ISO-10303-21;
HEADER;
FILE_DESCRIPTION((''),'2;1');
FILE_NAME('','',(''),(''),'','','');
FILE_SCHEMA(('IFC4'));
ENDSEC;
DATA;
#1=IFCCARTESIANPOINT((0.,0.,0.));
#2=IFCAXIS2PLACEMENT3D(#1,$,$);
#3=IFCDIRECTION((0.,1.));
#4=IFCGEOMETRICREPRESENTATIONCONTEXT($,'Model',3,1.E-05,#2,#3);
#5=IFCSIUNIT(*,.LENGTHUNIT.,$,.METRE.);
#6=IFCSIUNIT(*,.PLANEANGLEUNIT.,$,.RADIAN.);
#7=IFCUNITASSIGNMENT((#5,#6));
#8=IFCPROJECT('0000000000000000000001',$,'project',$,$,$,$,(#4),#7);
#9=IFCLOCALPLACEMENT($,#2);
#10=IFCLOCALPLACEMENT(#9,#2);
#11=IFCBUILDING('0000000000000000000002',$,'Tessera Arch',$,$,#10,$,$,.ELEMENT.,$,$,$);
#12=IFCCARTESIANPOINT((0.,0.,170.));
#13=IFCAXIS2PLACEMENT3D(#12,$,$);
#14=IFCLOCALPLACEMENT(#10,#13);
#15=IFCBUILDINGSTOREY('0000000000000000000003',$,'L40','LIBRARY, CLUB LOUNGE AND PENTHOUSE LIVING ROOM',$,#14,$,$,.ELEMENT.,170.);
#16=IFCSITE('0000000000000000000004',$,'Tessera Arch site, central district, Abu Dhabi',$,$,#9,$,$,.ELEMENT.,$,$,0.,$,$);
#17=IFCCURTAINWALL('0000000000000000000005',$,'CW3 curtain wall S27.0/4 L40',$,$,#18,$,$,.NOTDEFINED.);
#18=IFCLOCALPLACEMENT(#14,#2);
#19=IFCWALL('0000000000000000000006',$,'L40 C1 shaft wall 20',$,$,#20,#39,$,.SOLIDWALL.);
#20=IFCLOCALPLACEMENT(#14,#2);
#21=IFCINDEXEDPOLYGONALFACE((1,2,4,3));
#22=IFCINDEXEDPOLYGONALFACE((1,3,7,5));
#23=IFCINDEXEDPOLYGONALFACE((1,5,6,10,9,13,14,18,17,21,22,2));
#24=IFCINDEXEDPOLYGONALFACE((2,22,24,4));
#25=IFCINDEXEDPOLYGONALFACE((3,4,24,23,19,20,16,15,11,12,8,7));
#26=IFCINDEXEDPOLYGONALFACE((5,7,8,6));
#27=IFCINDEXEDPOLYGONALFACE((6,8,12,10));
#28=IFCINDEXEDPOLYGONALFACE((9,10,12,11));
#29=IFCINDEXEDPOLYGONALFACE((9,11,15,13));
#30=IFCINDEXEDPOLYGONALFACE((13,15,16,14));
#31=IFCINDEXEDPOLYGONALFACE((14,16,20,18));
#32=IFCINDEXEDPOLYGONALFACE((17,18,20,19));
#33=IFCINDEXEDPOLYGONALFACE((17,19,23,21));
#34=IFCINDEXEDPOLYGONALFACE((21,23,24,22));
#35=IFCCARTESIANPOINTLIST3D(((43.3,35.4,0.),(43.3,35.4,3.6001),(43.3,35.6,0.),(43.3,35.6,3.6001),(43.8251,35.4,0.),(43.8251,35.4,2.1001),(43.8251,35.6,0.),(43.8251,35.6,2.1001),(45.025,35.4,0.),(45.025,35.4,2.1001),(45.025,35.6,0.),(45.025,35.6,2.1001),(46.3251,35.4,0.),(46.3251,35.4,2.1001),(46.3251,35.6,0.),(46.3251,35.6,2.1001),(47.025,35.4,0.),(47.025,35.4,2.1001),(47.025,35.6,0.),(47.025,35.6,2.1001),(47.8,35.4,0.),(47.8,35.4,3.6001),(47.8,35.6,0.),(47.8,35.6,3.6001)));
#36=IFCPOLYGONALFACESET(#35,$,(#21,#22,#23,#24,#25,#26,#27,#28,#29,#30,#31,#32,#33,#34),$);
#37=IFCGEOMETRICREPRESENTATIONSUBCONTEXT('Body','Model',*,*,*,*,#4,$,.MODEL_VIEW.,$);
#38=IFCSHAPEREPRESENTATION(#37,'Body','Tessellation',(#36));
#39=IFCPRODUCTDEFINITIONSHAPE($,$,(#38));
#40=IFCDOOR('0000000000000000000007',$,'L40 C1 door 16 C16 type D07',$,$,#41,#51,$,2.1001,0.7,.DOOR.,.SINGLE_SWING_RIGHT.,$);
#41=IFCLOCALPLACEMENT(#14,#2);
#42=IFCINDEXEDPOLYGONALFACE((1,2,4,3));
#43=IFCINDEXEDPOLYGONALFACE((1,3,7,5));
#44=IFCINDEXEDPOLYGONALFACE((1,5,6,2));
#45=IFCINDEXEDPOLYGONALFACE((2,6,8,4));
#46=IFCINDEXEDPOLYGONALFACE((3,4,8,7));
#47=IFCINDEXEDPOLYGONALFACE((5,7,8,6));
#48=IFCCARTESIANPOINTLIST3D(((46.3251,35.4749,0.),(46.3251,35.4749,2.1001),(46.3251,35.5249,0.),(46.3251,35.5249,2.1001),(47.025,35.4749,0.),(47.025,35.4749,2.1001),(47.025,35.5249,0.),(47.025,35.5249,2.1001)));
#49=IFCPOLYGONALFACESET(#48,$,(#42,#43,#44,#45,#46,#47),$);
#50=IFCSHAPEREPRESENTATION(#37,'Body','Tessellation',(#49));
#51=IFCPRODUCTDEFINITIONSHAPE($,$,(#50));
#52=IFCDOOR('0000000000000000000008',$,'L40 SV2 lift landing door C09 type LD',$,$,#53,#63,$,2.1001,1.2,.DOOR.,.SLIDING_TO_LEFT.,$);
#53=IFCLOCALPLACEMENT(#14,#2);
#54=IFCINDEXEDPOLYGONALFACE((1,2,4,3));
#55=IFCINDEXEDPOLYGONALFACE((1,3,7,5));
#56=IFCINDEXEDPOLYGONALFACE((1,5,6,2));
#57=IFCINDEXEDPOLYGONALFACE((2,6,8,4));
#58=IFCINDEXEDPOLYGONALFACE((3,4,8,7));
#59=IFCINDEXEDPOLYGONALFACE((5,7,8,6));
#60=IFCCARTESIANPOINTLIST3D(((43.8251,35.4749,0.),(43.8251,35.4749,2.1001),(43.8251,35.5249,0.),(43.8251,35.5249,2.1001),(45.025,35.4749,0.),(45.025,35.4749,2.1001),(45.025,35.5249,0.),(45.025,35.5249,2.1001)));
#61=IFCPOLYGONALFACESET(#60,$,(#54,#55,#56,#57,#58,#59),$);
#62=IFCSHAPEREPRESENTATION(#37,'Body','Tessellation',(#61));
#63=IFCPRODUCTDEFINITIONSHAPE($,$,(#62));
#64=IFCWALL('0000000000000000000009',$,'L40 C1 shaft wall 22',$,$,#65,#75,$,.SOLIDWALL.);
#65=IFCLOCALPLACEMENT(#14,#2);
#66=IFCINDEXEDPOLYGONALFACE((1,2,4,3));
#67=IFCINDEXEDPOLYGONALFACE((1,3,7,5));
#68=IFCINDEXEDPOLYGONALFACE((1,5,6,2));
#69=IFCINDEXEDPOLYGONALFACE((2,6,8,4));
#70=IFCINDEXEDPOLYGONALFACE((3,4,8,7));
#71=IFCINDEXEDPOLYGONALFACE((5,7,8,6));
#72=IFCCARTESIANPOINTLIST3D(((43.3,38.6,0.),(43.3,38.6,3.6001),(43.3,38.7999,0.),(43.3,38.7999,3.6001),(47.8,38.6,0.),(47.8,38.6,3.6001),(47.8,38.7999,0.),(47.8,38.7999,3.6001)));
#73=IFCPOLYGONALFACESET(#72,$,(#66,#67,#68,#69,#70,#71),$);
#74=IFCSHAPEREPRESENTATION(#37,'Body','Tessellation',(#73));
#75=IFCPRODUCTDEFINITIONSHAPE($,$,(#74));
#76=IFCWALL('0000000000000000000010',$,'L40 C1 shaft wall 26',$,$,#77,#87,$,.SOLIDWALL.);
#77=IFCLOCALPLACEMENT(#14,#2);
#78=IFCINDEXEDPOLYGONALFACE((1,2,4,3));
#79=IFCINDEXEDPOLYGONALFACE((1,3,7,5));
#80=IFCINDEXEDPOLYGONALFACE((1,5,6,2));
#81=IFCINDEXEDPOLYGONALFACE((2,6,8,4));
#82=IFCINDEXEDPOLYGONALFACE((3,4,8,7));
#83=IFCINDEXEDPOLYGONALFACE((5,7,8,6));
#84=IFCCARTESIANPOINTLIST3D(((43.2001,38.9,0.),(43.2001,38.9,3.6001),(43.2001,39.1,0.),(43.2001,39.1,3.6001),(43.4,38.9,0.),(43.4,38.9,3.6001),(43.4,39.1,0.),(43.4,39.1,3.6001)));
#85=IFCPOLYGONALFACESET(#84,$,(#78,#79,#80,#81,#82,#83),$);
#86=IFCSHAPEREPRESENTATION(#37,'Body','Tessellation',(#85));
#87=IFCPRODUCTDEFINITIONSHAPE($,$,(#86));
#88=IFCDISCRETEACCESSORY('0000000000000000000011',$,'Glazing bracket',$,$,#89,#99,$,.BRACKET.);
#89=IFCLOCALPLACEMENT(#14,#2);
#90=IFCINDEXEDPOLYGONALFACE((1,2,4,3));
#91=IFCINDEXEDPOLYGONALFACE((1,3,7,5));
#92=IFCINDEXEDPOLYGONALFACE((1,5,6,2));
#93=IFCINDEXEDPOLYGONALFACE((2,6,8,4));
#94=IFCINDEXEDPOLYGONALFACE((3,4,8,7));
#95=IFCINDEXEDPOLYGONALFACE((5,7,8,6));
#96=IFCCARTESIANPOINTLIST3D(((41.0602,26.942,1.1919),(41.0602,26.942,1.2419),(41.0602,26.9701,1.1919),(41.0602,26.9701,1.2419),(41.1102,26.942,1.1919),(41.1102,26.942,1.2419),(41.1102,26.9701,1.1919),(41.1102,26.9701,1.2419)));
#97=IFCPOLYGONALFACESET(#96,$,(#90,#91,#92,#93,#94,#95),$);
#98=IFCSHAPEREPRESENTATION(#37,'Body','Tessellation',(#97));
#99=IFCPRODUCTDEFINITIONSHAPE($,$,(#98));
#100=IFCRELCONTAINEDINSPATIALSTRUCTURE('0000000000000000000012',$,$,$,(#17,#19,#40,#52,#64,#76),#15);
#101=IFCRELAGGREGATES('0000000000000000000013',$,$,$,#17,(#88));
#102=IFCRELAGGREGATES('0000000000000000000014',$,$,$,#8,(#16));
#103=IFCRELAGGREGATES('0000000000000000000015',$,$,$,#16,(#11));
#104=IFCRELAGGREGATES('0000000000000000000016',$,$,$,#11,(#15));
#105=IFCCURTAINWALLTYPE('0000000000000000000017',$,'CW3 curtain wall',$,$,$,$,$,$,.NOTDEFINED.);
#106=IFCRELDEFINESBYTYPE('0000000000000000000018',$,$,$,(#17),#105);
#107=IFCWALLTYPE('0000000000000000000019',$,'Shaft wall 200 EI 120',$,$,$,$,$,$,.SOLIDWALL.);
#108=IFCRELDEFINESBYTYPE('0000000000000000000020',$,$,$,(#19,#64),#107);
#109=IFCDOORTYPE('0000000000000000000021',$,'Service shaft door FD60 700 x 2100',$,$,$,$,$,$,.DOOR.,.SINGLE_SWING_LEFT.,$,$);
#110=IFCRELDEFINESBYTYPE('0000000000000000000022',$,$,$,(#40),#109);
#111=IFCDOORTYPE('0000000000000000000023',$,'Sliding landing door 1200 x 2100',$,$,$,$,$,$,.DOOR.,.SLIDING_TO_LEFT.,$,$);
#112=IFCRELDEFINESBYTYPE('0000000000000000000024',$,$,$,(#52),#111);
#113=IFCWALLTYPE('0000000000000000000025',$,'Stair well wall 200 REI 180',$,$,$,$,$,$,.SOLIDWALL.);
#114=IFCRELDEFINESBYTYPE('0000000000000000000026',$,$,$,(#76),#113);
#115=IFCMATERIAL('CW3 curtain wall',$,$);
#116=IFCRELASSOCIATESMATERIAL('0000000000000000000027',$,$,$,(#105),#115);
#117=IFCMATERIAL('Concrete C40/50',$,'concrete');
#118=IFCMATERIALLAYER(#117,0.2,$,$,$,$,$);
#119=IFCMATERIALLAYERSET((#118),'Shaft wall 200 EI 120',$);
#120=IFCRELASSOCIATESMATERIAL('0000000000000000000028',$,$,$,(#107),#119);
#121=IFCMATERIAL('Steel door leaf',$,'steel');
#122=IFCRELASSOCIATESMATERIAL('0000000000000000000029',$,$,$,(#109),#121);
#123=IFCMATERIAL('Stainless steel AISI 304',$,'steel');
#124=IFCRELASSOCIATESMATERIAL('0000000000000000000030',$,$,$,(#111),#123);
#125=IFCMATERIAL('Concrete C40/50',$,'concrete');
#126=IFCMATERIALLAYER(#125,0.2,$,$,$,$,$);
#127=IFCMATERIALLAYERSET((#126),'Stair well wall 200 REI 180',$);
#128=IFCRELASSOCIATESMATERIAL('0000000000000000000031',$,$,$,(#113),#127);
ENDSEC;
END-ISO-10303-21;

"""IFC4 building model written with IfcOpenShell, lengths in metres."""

from ifc_helpers import new_model, si_unit, direction, frame, frame_2d, origin, origin_2d, place, context, subcontext, project, spatial, rectangle, extrude, material, layer, layer_set, type_object, element, fill, aggregate, save


model = new_model("IFC4")

# Units and contexts
model_context = context("Model", 3, precision=1e-05, world=origin(), true_north=direction((0.0, 1.0)))
body_context = subcontext(model_context, "Body", "Model", "MODEL_VIEW")
ifc_project = project(units=[si_unit("LENGTHUNIT", "METRE"), si_unit("PLANEANGLEUNIT", "RADIAN")], contexts=[model_context])

# Site, building, storey
site_placement = place(None, origin())
site = spatial("IfcSite", under=ifc_project, at=site_placement, Name="Tessera Arch site, central district, Abu Dhabi", CompositionType="ELEMENT", RefElevation=0.0)
building_placement = place(site_placement, origin())
building = spatial("IfcBuilding", under=site, at=building_placement, Name="Tessera Arch", CompositionType="ELEMENT")
storey_placement = place(building_placement, frame((0.0, 0.0, 170.0)))
storey = spatial("IfcBuildingStorey", under=building, at=storey_placement, Name="L40", Description="LIBRARY, CLUB LOUNGE AND PENTHOUSE LIVING ROOM", CompositionType="ELEMENT", Elevation=170.0)

# Curtain wall
ifc_material_1 = material(Name="CW3 curtain wall")
curtain_wall_type = type_object("IfcCurtainWallType", Name="CW3 curtain wall", PredefinedType="NOTDEFINED", material=ifc_material_1)
curtain_wall_placement = place(storey_placement, origin())
curtain_wall = element("IfcCurtainWall", 1, at=curtain_wall_placement, inside=storey, type_object=curtain_wall_type, Name="CW3 curtain wall S27.0/4 L40", PredefinedType="NOTDEFINED")

# Shared definitions
ifc_material_2 = material(Name="Concrete C40/50", Category="concrete")
ifc_layer_1 = layer(ifc_material_2, 0.2)
ifc_layer_set_1 = layer_set([ifc_layer_1], Name="Shaft wall 200 EI 120")
wall_type_1 = type_object("IfcWallType", Name="Shaft wall 200 EI 120", PredefinedType="SOLIDWALL", material=ifc_layer_set_1)

# Wall, openings, doors
wall_1_placement = place(storey_placement, frame((43.3, 35.5, 0.0), z_axis=(0.0, 0.0, 1.0), x_axis=(1.0, 0.0, 0.0)))
wall_1 = element("IfcWall", 2, at=wall_1_placement, inside=storey, type_object=wall_type_1, Name="L40 C1 shaft wall 20", PredefinedType="SOLIDWALL", context=body_context, shape_type="SweptSolid", body=[
    extrude(rectangle(XDim=4.5, YDim=0.2, at=frame_2d((2.25, 0.0))), origin(), (0.0, 0.0, 1.0), 3.6001),
])
opening_1_placement = place(wall_1_placement, frame((0.5249, 0.0, 0.0)))
opening_1 = element("IfcOpeningElement", 3, at=opening_1_placement, cuts=wall_1, PredefinedType="OPENING", context=body_context, shape_type="SweptSolid", body=[
    extrude(rectangle(XDim=1.2, YDim=2.1001, at=frame_2d((0.6001, 1.05))), frame((0.0, 0.1099, 0.0), z_axis=(0.0, -1.0, 0.0), x_axis=(1.0, 0.0, 0.0)), (0.0, 0.0, 1.0), 0.22),
])
opening_2_placement = place(wall_1_placement, frame((3.0249, 0.0, 0.0)))
opening_2 = element("IfcOpeningElement", 4, at=opening_2_placement, cuts=wall_1, PredefinedType="OPENING", context=body_context, shape_type="SweptSolid", body=[
    extrude(rectangle(XDim=0.7, YDim=2.1001, at=frame_2d((0.3501, 1.05))), frame((0.0, 0.1099, 0.0), z_axis=(0.0, -1.0, 0.0), x_axis=(1.0, 0.0, 0.0)), (0.0, 0.0, 1.0), 0.22),
])
ifc_material_3 = material(Name="Steel door leaf", Category="steel")
door_type_1 = type_object("IfcDoorType", Name="Service shaft door FD60 700 x 2100", OperationType="SINGLE_SWING_LEFT", PredefinedType="DOOR", material=ifc_material_3)
door_1_placement = place(opening_2_placement, origin())
door_1 = element("IfcDoor", 5, at=door_1_placement, inside=storey, type_object=door_type_1, Name="L40 C1 door 16 C16 type D07", OperationType="SINGLE_SWING_RIGHT", OverallHeight=2.1001, OverallWidth=0.7, PredefinedType="DOOR", context=body_context, shape_type="SweptSolid", body=[
    extrude(rectangle(XDim=0.7, YDim=2.1001, at=frame_2d((0.3501, 1.05))), frame((0.0, 0.0249, 0.0), z_axis=(0.0, -1.0, 0.0), x_axis=(1.0, 0.0, 0.0)), (0.0, 0.0, 1.0), 0.05),
])
fill(opening_2, door_1)
ifc_material_4 = material(Name="Stainless steel AISI 304", Category="steel")
door_type_2 = type_object("IfcDoorType", Name="Sliding landing door 1200 x 2100", OperationType="SLIDING_TO_LEFT", PredefinedType="DOOR", material=ifc_material_4)
door_2_placement = place(opening_1_placement, origin())
door_2 = element("IfcDoor", 6, at=door_2_placement, inside=storey, type_object=door_type_2, Name="L40 SV2 lift landing door C09 type LD", OperationType="SLIDING_TO_LEFT", OverallHeight=2.1001, OverallWidth=1.2, PredefinedType="DOOR", context=body_context, shape_type="SweptSolid", body=[
    extrude(rectangle(XDim=1.2, YDim=2.1001, at=frame_2d((0.6001, 1.05))), frame((0.0, 0.0249, 0.0), z_axis=(0.0, -1.0, 0.0), x_axis=(1.0, 0.0, 0.0)), (0.0, 0.0, 1.0), 0.05),
])
fill(opening_1, door_2)

# Walls
wall_2_placement = place(storey_placement, frame((43.3, 38.7, 0.0), z_axis=(0.0, 0.0, 1.0), x_axis=(1.0, 0.0, 0.0)))
element("IfcWall", 7, at=wall_2_placement, inside=storey, type_object=wall_type_1, Name="L40 C1 shaft wall 22", PredefinedType="SOLIDWALL", context=body_context, shape_type="SweptSolid", body=[
    extrude(rectangle(XDim=4.5, YDim=0.2, at=frame_2d((2.25, 0.0))), origin(), (0.0, 0.0, 1.0), 3.6001),
])
ifc_material_5 = material(Name="Concrete C40/50", Category="concrete")
ifc_layer_2 = layer(ifc_material_5, 0.2)
ifc_layer_set_2 = layer_set([ifc_layer_2], Name="Stair well wall 200 REI 180")
wall_type_2 = type_object("IfcWallType", Name="Stair well wall 200 REI 180", PredefinedType="SOLIDWALL", material=ifc_layer_set_2)
wall_3_placement = place(storey_placement, frame((43.2, 39.0, 0.0), z_axis=(0.0, 0.0, 1.0), x_axis=(1.0, 0.0, 0.0)))
element("IfcWall", 8, at=wall_3_placement, inside=storey, type_object=wall_type_2, Name="L40 C1 shaft wall 26", PredefinedType="SOLIDWALL", context=body_context, shape_type="SweptSolid", body=[
    extrude(rectangle(XDim=0.2, YDim=0.2, at=frame_2d((0.1001, 0.0))), origin(), (0.0, 0.0, 1.0), 3.6001),
])

# Discrete accessory
discrete_accessory_placement = place(storey_placement, frame((41.0852, 26.9561, 1.1919), z_axis=(0.0, 0.0, 1.0), x_axis=(1.0, 0.0, 0.0)))
discrete_accessory = element("IfcDiscreteAccessory", 9, at=discrete_accessory_placement, Name="Glazing bracket", PredefinedType="BRACKET", context=body_context, shape_type="SweptSolid", body=[
    extrude(rectangle(XDim=0.05, YDim=0.0281, at=origin_2d()), origin(), (0.0, 0.0, 1.0), 0.05),
])
aggregate(curtain_wall, [discrete_accessory])

save(model, "model.ifc")
